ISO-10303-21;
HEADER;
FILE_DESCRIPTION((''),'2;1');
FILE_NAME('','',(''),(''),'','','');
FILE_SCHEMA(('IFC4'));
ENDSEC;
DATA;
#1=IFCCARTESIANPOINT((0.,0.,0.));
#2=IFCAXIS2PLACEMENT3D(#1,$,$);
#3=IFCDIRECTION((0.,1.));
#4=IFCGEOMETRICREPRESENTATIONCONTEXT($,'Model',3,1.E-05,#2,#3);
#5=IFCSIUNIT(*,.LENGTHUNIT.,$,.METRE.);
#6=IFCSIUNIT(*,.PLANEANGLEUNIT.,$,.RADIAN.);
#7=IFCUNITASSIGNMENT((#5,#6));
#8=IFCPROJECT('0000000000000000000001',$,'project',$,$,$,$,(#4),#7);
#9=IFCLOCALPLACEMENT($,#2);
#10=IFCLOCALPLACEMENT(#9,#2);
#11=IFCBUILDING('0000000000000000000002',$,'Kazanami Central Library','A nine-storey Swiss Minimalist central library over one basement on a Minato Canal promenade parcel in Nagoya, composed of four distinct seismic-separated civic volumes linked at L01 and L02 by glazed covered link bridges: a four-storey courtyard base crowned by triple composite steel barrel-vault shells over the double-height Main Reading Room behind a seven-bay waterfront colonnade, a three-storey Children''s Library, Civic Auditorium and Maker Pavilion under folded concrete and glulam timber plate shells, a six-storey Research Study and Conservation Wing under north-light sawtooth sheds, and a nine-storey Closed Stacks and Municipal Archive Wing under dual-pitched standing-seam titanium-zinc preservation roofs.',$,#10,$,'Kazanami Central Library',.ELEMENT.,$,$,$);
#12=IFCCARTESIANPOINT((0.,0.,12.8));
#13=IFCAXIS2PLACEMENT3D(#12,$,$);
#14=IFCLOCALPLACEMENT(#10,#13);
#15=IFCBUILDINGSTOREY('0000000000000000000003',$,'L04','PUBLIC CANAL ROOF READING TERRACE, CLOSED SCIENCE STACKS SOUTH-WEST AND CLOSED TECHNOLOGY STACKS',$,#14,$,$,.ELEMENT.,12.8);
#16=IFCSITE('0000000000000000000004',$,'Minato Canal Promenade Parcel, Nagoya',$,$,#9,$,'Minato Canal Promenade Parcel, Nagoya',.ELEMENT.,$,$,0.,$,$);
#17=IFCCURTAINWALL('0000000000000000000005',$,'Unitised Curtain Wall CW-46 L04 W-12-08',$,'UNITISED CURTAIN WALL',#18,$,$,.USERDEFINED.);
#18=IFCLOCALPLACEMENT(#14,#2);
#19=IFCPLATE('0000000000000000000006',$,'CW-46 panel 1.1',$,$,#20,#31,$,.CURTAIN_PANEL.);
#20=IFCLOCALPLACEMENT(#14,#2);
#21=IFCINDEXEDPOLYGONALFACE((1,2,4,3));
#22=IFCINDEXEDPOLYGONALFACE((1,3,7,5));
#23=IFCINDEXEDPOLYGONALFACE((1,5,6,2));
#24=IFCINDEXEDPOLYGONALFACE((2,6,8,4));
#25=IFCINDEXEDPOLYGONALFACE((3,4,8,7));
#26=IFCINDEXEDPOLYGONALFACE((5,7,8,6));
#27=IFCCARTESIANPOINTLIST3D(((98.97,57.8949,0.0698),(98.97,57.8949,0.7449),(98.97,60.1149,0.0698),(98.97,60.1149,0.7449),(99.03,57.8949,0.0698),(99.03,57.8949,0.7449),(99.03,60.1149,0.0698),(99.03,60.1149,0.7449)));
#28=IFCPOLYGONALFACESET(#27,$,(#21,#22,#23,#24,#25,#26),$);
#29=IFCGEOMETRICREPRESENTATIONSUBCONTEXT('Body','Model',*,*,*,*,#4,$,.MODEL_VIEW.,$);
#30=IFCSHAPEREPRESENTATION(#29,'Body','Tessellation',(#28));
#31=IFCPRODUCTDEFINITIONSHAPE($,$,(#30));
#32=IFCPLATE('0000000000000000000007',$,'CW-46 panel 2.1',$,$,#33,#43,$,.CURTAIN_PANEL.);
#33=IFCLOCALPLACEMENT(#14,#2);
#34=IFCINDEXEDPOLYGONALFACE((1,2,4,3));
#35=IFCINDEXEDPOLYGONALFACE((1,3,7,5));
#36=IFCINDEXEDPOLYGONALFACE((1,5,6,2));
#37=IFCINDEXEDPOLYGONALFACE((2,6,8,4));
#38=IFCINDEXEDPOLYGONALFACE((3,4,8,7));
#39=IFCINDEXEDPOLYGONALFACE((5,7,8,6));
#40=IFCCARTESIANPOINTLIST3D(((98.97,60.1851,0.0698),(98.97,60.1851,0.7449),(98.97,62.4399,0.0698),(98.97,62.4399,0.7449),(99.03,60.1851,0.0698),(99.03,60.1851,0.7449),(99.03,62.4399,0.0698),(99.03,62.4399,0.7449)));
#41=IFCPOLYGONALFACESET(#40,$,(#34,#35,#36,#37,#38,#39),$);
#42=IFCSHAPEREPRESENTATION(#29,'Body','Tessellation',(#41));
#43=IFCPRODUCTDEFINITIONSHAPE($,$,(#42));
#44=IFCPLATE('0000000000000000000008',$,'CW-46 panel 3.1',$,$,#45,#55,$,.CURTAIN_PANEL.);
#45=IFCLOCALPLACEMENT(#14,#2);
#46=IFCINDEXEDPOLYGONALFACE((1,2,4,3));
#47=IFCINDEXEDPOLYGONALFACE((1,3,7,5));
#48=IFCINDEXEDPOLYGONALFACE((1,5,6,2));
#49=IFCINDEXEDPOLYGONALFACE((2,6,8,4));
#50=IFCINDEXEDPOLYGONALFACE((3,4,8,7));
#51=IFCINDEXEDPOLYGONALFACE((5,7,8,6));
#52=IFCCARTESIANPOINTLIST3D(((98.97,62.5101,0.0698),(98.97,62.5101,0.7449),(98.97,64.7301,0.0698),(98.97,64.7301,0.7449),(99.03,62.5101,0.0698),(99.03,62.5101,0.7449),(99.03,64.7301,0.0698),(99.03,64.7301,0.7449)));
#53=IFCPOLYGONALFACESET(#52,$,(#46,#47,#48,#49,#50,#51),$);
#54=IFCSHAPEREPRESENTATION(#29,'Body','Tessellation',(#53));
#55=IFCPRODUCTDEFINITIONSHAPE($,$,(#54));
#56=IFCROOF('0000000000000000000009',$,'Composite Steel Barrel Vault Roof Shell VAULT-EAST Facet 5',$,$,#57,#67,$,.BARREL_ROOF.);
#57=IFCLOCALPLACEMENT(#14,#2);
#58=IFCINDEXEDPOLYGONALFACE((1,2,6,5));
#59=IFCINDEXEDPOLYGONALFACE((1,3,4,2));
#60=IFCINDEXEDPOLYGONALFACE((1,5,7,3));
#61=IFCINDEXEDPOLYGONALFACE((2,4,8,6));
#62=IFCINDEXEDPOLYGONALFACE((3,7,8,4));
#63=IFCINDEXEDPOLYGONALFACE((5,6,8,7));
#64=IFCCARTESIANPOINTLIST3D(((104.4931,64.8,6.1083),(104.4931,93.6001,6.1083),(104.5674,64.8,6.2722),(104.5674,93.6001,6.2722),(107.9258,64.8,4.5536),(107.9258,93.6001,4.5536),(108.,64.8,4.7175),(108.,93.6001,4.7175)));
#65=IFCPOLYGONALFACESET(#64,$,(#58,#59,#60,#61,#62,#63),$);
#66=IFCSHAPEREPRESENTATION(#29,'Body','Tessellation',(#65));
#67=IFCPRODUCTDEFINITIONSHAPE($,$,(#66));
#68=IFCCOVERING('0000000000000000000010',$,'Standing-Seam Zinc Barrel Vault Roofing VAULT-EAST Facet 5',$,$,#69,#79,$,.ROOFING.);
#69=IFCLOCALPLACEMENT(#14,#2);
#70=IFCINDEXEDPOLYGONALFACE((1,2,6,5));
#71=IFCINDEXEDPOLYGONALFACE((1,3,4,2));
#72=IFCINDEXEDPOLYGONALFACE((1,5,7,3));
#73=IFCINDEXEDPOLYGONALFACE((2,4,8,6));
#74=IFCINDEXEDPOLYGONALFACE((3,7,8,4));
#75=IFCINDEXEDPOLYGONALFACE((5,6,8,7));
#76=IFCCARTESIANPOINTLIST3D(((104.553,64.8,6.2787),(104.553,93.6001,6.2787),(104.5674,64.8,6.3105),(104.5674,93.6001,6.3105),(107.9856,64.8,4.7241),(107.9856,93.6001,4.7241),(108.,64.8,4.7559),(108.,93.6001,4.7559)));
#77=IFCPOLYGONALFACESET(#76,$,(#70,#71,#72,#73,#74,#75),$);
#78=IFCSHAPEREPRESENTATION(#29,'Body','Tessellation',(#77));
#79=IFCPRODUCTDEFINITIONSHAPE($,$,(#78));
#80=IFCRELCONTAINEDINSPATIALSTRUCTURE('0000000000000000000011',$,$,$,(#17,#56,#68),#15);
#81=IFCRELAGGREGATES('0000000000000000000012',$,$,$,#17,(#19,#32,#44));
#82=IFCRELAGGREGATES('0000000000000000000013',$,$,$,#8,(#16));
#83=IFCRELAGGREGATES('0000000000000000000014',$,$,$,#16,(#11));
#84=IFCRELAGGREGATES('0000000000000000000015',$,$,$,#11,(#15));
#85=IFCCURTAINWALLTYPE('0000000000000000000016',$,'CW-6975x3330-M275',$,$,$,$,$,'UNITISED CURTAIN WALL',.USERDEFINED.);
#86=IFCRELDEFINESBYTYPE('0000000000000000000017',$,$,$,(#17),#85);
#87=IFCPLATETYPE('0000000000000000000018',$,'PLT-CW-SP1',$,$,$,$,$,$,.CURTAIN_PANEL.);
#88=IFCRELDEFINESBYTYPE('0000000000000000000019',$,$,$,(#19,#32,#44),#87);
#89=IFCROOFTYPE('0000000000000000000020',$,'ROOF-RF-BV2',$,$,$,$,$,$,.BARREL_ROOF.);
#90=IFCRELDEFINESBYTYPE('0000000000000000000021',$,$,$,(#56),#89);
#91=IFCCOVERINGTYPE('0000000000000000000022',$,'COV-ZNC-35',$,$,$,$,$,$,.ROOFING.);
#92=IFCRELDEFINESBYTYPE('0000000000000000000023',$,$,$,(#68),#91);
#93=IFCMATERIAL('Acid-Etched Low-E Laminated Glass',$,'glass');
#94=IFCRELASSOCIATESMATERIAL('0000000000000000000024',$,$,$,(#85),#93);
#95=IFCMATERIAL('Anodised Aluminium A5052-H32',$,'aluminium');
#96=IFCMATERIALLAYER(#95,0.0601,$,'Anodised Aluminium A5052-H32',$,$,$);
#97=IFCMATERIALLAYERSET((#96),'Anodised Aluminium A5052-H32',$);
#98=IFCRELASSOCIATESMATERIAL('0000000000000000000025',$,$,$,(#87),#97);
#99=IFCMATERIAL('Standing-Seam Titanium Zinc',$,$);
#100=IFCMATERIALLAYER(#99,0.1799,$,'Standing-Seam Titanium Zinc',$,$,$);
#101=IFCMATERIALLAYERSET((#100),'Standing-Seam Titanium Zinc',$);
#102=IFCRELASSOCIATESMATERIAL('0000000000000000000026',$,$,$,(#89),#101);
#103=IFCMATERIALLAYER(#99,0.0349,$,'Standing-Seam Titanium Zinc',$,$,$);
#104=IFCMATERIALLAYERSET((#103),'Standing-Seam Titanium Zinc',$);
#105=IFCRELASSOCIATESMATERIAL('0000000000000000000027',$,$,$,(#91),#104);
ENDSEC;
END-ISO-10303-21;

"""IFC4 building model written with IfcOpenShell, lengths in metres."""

from ifc_helpers import new_model, si_unit, direction, frame, origin, origin_2d, place, context, subcontext, project, spatial, polyline, rectangle, outline, extrude, material, layer, layer_set, type_object, element, aggregate, save


model = new_model("IFC4")

# Units and contexts
model_context = context("Model", 3, precision=1e-05, world=origin(), true_north=direction((0.0, 1.0)))
body_context = subcontext(model_context, "Body", "Model", "MODEL_VIEW")
ifc_project = project(units=[si_unit("LENGTHUNIT", "METRE"), si_unit("PLANEANGLEUNIT", "RADIAN")], contexts=[model_context])

# Site, building, storey
site_placement = place(None, origin())
site = spatial("IfcSite", under=ifc_project, at=site_placement, Name="Minato Canal Promenade Parcel, Nagoya", LongName="Minato Canal Promenade Parcel, Nagoya", CompositionType="ELEMENT", RefElevation=0.0)
building_placement = place(site_placement, origin())
building = spatial("IfcBuilding", under=site, at=building_placement, Name="Kazanami Central Library", Description="A nine-storey Swiss Minimalist central library over one basement on a Minato Canal promenade parcel in Nagoya, composed of four distinct seismic-separated civic volumes linked at L01 and L02 by glazed covered link bridges: a four-storey courtyard base crowned by triple composite steel barrel-vault shells over the double-height Main Reading Room behind a seven-bay waterfront colonnade, a three-storey Children's Library, Civic Auditorium and Maker Pavilion under folded concrete and glulam timber plate shells, a six-storey Research Study and Conservation Wing under north-light sawtooth sheds, and a nine-storey Closed Stacks and Municipal Archive Wing under dual-pitched standing-seam titanium-zinc preservation roofs.", LongName="Kazanami Central Library", CompositionType="ELEMENT")
storey_placement = place(building_placement, frame((0.0, 0.0, 12.8)))
storey = spatial("IfcBuildingStorey", under=building, at=storey_placement, Name="L04", Description="PUBLIC CANAL ROOF READING TERRACE, CLOSED SCIENCE STACKS SOUTH-WEST AND CLOSED TECHNOLOGY STACKS", CompositionType="ELEMENT", Elevation=12.8)

# Curtain wall
ifc_material_1 = material(Name="Acid-Etched Low-E Laminated Glass", Category="glass")
curtain_wall_type = type_object("IfcCurtainWallType", Name="CW-6975x3330-M275", ElementType="UNITISED CURTAIN WALL", PredefinedType="USERDEFINED", material=ifc_material_1)
curtain_wall_placement = place(storey_placement, origin())
curtain_wall = element("IfcCurtainWall", 1, at=curtain_wall_placement, inside=storey, type_object=curtain_wall_type, Name="Unitised Curtain Wall CW-46 L04 W-12-08", ObjectType="UNITISED CURTAIN WALL", PredefinedType="USERDEFINED")

# Plates
ifc_material_2 = material(Name="Anodised Aluminium A5052-H32", Category="aluminium")
ifc_layer_1 = layer(ifc_material_2, 0.0601, Name="Anodised Aluminium A5052-H32")
ifc_layer_set_1 = layer_set([ifc_layer_1], Name="Anodised Aluminium A5052-H32")
plate_type_1 = type_object("IfcPlateType", Name="PLT-CW-SP1", PredefinedType="CURTAIN_PANEL", material=ifc_layer_set_1)
plate_1_placement = place(storey_placement, frame((99.0, 59.0049, 0.0698), z_axis=(0.0, 0.0, 1.0), x_axis=(0.0, 1.0, 0.0)))
plate_1 = element("IfcPlate", 2, at=plate_1_placement, type_object=plate_type_1, Name="CW-46 panel 1.1", PredefinedType="CURTAIN_PANEL", context=body_context, shape_type="SweptSolid", body=[
    extrude(rectangle(XDim=2.22, YDim=0.0601, at=origin_2d()), origin(), (0.0, 0.0, 1.0), 0.675),
])
plate_2_placement = place(storey_placement, frame((99.0, 61.3125, 0.0698), z_axis=(0.0, 0.0, 1.0), x_axis=(0.0, 1.0, 0.0)))
plate_2 = element("IfcPlate", 3, at=plate_2_placement, type_object=plate_type_1, Name="CW-46 panel 2.1", PredefinedType="CURTAIN_PANEL", context=body_context, shape_type="SweptSolid", body=[
    extrude(rectangle(XDim=2.2549, YDim=0.0601, at=origin_2d()), origin(), (0.0, 0.0, 1.0), 0.675),
])
plate_3_placement = place(storey_placement, frame((99.0, 63.6201, 0.0698), z_axis=(0.0, 0.0, 1.0), x_axis=(0.0, 1.0, 0.0)))
plate_3 = element("IfcPlate", 4, at=plate_3_placement, type_object=plate_type_1, Name="CW-46 panel 3.1", PredefinedType="CURTAIN_PANEL", context=body_context, shape_type="SweptSolid", body=[
    extrude(rectangle(XDim=2.22, YDim=0.0601, at=origin_2d()), origin(), (0.0, 0.0, 1.0), 0.675),
])
aggregate(curtain_wall, [plate_1, plate_2, plate_3])

# Roof
ifc_material_3 = material(Name="Standing-Seam Titanium Zinc")
ifc_layer_2 = layer(ifc_material_3, 0.1799, Name="Standing-Seam Titanium Zinc")
ifc_layer_set_2 = layer_set([ifc_layer_2], Name="Standing-Seam Titanium Zinc")
roof_type = type_object("IfcRoofType", Name="ROOF-RF-BV2", PredefinedType="BARREL_ROOF", material=ifc_layer_set_2)
roof_placement = place(storey_placement, frame((104.5674, 64.8, 6.2722), z_axis=(0.412572, 0.0, 0.910925), x_axis=(0.910925, 0.0, -0.412572)))
element("IfcRoof", 5, at=roof_placement, inside=storey, type_object=roof_type, Name="Composite Steel Barrel Vault Roof Shell VAULT-EAST Facet 5", PredefinedType="BARREL_ROOF", context=body_context, shape_type="SweptSolid", body=[
    extrude(outline(polyline([(0.0, 0.0), (3.7683, 0.0), (3.7683, 28.8), (0.0, 28.8), (0.0, 0.0)])), origin(), (0.0, 0.0, -1.0), 0.1799),
])

# Covering
ifc_layer_3 = layer(ifc_material_3, 0.0349, Name="Standing-Seam Titanium Zinc")
ifc_layer_set_3 = layer_set([ifc_layer_3], Name="Standing-Seam Titanium Zinc")
covering_type = type_object("IfcCoveringType", Name="COV-ZNC-35", PredefinedType="ROOFING", material=ifc_layer_set_3)
covering_placement = place(storey_placement, frame((104.5674, 64.8, 6.3105), z_axis=(0.412572, 0.0, 0.910925), x_axis=(0.910925, 0.0, -0.412572)))
element("IfcCovering", 6, at=covering_placement, inside=storey, type_object=covering_type, Name="Standing-Seam Zinc Barrel Vault Roofing VAULT-EAST Facet 5", PredefinedType="ROOFING", context=body_context, shape_type="SweptSolid", body=[
    extrude(outline(polyline([(0.0, 0.0), (3.7683, 0.0), (3.7683, 28.8), (0.0, 28.8), (0.0, 0.0)])), origin(), (0.0, 0.0, -1.0), 0.0349),
])

save(model, "model.ifc")
